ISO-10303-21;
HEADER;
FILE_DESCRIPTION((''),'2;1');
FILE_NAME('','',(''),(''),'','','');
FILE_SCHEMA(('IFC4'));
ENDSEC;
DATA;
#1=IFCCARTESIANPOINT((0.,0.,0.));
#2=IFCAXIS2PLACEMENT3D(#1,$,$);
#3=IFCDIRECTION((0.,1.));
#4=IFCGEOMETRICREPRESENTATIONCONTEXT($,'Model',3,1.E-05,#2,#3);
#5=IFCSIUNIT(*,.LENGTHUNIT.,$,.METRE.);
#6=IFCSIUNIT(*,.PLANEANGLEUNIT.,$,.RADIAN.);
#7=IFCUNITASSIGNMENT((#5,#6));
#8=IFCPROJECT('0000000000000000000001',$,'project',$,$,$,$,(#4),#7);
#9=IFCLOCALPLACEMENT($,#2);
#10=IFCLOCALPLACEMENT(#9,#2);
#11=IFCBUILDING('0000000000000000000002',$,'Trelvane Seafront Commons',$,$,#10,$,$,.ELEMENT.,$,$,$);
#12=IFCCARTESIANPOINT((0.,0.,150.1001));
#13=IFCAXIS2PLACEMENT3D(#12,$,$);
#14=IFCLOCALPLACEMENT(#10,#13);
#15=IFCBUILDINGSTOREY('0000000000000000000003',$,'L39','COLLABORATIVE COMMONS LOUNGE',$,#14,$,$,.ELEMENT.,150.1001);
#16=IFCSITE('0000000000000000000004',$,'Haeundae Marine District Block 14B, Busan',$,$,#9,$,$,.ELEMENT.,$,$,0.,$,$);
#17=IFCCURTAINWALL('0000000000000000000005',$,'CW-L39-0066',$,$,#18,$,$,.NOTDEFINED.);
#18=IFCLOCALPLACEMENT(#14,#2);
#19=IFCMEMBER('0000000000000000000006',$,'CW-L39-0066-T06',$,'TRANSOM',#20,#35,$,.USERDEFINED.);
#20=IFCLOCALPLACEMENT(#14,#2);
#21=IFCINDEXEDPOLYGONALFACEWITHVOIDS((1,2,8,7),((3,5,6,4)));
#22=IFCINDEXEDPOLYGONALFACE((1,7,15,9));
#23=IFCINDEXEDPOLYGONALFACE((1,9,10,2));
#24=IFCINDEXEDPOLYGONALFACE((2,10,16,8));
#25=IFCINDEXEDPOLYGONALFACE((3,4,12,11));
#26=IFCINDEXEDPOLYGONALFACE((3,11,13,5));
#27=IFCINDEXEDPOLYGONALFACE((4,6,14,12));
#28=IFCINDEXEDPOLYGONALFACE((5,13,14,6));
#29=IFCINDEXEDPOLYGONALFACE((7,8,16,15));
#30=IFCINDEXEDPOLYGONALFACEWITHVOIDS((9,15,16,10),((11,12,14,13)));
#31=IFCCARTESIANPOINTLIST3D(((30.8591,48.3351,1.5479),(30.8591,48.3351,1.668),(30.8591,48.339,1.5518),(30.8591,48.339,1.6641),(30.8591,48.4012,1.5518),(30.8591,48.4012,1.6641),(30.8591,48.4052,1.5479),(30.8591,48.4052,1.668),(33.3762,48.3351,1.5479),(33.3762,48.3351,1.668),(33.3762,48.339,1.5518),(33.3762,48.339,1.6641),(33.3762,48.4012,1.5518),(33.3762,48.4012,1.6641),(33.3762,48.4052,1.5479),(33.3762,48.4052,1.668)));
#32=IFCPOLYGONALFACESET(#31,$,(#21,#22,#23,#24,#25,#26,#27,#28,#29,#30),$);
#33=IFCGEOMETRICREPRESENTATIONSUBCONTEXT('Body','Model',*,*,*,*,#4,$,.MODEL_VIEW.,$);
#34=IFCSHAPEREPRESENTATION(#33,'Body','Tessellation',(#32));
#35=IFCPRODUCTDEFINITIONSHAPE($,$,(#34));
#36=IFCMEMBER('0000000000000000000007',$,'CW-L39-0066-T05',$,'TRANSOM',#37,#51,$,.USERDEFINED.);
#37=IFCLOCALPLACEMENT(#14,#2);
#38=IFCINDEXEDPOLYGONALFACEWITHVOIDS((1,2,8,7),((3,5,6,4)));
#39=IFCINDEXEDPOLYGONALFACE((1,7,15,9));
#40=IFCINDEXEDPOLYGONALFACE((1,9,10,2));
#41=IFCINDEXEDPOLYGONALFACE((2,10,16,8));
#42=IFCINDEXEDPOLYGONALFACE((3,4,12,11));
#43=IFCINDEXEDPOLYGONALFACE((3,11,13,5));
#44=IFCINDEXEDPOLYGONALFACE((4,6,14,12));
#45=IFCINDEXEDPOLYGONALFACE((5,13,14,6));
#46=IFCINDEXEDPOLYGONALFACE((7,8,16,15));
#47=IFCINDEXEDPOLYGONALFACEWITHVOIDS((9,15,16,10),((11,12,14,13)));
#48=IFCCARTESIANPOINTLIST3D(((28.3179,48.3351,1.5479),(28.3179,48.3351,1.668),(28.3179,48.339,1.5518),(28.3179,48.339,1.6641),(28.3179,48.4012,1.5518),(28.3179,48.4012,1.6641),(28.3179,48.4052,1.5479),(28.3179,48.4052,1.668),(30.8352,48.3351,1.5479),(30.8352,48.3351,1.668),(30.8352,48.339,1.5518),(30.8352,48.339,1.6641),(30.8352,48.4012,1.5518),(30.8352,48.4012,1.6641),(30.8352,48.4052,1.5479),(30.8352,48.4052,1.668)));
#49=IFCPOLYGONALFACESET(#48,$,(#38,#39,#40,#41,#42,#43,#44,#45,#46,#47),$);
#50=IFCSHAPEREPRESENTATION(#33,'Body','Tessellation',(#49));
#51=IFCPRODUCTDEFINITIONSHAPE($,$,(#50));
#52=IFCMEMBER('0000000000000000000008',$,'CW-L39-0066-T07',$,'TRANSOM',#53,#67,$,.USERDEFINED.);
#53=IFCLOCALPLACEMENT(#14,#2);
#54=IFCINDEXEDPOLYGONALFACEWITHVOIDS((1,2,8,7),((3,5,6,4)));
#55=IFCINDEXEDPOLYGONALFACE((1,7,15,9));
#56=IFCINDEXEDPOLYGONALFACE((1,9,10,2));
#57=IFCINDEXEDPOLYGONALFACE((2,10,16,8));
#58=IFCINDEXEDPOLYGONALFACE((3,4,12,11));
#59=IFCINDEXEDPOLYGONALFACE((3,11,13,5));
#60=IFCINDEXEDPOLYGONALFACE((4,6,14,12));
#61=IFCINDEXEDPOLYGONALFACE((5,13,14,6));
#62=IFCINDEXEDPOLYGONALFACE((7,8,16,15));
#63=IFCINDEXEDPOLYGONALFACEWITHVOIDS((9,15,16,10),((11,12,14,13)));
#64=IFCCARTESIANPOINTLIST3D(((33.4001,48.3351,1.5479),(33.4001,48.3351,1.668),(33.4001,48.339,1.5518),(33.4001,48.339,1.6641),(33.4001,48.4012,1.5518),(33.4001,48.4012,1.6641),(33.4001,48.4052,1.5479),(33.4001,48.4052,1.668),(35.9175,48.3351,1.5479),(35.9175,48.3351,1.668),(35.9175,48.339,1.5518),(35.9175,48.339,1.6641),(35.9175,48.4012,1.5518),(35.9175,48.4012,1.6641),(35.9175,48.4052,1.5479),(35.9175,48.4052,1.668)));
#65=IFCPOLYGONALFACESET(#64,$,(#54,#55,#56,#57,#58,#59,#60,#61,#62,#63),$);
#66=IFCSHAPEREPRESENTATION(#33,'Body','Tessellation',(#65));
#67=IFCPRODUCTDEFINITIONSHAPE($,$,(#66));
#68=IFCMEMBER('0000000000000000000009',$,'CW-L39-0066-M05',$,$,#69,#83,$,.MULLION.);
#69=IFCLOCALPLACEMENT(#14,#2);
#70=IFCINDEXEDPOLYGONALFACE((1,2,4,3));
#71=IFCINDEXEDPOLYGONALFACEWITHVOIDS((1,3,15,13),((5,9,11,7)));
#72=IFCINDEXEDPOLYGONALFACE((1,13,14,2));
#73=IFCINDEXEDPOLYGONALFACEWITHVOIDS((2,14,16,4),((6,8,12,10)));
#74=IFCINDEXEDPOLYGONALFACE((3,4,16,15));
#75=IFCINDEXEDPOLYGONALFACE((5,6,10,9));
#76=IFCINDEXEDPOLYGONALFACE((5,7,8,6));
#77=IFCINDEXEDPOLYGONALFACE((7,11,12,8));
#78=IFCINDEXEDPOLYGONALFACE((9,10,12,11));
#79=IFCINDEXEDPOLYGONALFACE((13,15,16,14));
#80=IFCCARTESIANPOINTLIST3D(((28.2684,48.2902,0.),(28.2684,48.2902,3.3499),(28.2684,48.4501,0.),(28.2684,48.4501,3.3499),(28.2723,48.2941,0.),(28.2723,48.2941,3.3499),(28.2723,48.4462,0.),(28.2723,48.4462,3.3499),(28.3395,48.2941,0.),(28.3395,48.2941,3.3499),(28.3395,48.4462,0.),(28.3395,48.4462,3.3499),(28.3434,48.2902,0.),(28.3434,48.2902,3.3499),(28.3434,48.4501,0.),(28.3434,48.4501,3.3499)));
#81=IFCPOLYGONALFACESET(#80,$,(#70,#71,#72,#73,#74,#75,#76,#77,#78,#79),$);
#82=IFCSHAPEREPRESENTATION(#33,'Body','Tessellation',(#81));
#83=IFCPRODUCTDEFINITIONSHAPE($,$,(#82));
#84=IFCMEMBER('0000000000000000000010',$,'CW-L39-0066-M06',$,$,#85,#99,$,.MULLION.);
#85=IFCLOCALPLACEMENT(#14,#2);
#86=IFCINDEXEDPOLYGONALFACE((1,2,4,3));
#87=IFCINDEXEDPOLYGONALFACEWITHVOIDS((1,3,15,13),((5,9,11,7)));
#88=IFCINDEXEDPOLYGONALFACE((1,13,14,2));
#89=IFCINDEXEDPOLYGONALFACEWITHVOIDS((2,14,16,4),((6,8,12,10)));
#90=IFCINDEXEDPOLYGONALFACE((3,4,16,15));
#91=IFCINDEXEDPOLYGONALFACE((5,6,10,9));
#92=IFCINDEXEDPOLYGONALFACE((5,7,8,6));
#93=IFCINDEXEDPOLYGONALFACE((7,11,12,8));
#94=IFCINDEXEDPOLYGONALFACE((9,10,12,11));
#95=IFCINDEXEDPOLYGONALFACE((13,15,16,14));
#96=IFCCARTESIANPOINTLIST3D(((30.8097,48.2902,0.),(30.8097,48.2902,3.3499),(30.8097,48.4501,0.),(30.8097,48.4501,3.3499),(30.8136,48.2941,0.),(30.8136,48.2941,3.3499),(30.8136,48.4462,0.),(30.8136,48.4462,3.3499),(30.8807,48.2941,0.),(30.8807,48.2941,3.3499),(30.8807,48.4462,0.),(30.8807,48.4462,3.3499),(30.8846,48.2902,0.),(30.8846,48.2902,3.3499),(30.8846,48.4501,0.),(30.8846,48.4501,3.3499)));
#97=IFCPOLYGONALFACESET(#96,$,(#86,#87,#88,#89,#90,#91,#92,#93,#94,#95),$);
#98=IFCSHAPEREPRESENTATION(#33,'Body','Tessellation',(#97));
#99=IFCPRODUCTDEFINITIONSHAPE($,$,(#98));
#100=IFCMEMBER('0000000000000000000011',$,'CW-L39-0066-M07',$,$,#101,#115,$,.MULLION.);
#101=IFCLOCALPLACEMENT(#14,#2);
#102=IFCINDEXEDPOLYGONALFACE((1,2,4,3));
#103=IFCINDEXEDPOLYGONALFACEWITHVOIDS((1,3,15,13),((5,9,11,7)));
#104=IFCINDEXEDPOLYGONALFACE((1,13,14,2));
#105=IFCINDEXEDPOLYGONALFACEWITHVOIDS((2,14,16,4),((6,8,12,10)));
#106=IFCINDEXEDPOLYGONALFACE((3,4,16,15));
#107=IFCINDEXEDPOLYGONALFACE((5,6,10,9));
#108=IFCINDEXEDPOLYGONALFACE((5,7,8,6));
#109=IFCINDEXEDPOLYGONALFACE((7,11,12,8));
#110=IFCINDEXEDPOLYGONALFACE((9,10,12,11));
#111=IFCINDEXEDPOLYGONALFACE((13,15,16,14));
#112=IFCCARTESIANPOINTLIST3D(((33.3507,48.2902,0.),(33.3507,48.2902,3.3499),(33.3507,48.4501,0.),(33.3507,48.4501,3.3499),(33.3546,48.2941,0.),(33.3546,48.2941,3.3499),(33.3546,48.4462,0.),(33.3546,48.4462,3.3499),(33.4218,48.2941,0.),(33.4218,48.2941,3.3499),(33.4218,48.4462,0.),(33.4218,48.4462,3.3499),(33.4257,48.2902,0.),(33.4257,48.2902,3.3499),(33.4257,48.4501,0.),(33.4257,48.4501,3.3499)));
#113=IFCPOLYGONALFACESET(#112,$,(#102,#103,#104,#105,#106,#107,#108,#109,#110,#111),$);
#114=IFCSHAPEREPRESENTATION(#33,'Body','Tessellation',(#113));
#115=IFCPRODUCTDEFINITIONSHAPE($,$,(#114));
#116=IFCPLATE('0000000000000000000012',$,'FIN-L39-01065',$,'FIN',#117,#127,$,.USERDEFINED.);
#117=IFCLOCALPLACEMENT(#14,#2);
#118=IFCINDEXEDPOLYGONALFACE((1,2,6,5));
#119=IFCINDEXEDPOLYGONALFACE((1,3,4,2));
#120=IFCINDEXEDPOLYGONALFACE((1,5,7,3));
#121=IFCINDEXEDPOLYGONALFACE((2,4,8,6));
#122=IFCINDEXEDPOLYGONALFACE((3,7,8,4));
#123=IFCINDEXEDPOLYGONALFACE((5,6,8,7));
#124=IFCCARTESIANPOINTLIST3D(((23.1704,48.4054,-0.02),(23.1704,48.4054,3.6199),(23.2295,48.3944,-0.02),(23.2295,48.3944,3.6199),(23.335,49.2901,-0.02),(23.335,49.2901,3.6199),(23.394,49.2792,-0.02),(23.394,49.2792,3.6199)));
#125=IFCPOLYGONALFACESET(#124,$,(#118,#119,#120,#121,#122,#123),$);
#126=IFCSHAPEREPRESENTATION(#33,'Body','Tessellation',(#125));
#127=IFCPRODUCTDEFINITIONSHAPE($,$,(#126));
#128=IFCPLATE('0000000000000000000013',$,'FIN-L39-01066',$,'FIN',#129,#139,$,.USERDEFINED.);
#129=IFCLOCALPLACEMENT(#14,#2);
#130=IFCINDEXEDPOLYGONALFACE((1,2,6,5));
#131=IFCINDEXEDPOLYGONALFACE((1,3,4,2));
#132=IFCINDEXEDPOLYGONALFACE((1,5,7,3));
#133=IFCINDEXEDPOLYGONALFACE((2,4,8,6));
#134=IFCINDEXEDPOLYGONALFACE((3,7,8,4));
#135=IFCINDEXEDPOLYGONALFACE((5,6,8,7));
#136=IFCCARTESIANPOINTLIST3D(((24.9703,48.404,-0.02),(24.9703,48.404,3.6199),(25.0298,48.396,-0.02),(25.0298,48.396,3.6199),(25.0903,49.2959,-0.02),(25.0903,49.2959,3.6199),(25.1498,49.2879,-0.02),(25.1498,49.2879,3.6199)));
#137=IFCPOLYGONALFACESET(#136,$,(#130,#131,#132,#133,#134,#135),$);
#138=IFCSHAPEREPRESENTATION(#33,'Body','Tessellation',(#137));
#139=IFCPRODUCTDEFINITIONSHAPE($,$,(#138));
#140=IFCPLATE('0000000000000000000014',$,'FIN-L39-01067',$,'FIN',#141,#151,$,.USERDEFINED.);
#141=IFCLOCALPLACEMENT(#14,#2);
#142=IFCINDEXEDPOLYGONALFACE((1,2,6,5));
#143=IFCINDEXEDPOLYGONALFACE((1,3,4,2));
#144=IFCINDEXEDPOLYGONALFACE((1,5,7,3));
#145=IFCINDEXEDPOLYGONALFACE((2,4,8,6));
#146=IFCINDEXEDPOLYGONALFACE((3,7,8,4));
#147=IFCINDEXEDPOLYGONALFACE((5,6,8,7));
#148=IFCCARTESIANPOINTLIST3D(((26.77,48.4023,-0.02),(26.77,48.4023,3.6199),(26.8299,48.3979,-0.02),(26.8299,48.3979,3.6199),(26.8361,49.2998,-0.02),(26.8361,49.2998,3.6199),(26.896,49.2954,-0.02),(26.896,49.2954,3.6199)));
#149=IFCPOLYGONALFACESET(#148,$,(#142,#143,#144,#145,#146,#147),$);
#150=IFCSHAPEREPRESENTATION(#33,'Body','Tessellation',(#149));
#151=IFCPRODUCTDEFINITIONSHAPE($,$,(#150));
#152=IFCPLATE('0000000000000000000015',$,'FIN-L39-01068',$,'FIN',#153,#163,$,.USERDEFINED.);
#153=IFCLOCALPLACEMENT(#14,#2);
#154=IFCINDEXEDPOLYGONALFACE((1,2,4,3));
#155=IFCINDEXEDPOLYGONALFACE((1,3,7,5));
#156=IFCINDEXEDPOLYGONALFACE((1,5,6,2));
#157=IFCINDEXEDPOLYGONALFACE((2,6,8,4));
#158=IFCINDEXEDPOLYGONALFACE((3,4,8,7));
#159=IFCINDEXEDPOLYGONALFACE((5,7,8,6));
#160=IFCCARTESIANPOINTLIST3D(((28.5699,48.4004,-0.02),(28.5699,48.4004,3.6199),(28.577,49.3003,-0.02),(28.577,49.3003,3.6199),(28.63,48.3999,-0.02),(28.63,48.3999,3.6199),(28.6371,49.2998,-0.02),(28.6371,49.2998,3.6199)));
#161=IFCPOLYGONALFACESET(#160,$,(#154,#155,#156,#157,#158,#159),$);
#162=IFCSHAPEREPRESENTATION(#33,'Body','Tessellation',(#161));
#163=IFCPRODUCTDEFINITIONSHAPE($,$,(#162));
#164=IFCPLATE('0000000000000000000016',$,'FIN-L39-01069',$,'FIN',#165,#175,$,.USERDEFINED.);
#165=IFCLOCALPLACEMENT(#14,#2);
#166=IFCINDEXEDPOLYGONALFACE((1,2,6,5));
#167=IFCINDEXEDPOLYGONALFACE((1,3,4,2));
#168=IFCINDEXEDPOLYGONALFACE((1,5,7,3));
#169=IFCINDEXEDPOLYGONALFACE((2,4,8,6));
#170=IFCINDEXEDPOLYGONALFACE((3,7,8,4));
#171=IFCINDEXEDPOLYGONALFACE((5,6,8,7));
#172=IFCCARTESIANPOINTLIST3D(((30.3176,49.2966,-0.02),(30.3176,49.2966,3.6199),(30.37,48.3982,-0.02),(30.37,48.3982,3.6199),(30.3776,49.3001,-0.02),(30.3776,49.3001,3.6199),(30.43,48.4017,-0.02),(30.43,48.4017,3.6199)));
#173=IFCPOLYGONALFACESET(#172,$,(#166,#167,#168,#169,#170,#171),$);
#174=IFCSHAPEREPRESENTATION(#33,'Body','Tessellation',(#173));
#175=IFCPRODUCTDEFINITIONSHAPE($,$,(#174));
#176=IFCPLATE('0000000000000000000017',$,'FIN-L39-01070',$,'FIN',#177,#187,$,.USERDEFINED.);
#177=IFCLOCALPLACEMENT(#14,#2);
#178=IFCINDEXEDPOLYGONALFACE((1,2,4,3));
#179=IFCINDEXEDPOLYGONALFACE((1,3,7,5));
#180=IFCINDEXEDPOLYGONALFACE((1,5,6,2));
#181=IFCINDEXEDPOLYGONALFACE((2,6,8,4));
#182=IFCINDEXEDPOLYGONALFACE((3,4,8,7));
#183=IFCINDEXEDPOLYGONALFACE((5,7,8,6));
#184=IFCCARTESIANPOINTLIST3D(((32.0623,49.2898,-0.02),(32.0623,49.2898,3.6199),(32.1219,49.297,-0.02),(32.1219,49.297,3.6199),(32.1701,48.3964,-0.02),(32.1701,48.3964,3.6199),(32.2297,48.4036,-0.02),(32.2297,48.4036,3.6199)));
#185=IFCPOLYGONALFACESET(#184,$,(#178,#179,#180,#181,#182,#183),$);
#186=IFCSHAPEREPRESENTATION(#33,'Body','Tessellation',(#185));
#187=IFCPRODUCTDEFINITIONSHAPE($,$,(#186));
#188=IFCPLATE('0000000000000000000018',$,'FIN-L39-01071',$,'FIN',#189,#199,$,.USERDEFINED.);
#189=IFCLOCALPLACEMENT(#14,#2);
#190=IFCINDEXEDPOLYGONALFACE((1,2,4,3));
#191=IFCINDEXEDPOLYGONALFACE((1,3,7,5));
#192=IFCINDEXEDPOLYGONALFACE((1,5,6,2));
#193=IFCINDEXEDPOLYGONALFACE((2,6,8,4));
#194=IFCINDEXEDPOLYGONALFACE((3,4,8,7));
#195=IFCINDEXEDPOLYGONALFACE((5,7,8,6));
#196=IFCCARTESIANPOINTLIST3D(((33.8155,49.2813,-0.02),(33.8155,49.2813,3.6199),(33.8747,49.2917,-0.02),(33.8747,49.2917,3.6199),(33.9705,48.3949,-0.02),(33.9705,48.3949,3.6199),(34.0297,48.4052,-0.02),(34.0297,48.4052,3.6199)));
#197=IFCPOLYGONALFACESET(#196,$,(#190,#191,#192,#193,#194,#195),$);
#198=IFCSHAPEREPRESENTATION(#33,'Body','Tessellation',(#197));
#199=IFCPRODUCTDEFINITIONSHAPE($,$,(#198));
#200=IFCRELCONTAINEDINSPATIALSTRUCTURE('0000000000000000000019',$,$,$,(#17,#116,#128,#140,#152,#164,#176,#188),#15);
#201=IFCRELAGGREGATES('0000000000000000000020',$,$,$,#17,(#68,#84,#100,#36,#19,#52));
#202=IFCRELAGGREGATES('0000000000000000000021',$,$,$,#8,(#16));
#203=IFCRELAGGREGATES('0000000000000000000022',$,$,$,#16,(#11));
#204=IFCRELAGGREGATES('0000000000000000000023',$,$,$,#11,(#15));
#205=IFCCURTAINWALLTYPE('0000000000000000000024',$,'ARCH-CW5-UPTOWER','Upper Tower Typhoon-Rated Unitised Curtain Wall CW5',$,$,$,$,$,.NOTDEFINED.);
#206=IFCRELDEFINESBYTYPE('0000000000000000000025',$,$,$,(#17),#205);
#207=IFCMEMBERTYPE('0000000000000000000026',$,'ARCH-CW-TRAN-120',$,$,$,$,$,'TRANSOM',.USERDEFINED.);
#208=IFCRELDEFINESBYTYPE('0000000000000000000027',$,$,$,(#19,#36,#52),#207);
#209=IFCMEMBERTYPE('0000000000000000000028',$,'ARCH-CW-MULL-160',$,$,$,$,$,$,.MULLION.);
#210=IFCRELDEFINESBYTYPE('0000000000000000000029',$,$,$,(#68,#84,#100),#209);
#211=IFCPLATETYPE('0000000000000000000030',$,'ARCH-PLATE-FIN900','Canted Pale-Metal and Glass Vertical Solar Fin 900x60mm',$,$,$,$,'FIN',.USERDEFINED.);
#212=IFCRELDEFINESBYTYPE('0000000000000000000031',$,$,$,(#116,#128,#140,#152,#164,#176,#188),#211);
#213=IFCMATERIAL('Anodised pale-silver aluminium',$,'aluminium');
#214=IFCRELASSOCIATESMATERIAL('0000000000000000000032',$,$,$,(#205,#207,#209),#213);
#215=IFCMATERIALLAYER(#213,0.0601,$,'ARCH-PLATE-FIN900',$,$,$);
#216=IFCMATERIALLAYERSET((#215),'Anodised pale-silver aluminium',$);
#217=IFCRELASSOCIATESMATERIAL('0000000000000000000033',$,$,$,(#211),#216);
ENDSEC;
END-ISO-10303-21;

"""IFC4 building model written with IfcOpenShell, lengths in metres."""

from ifc_helpers import new_model, si_unit, direction, frame, origin, origin_2d, place, context, subcontext, project, spatial, rectangle, hollow_rectangle, extrude, source, transform, mapped, material, layer, layer_set, material_profile, profile_set, type_object, element, aggregate, save


model = new_model("IFC4")

# Units and contexts
model_context = context("Model", 3, precision=1e-05, world=origin(), true_north=direction((0.0, 1.0)))
body_context = subcontext(model_context, "Body", "Model", "MODEL_VIEW")
ifc_project = project(units=[si_unit("LENGTHUNIT", "METRE"), si_unit("PLANEANGLEUNIT", "RADIAN")], contexts=[model_context])

# Site, building, storey
site_placement = place(None, origin())
site = spatial("IfcSite", under=ifc_project, at=site_placement, Name="Haeundae Marine District Block 14B, Busan", CompositionType="ELEMENT", RefElevation=0.0)
building_placement = place(site_placement, origin())
building = spatial("IfcBuilding", under=site, at=building_placement, Name="Trelvane Seafront Commons", CompositionType="ELEMENT")
storey_placement = place(building_placement, frame((0.0, 0.0, 150.1001)))
storey = spatial("IfcBuildingStorey", under=building, at=storey_placement, Name="L39", Description="COLLABORATIVE COMMONS LOUNGE", CompositionType="ELEMENT", Elevation=150.1001)

# Curtain wall, members
ifc_material_1 = material(Name="Anodised pale-silver aluminium", Category="aluminium")
curtain_wall_type = type_object("IfcCurtainWallType", Name="ARCH-CW5-UPTOWER", Description="Upper Tower Typhoon-Rated Unitised Curtain Wall CW5", PredefinedType="NOTDEFINED", material=ifc_material_1)
curtain_wall_placement = place(storey_placement, origin())
curtain_wall = element("IfcCurtainWall", 1, at=curtain_wall_placement, inside=storey, type_object=curtain_wall_type, Name="CW-L39-0066", PredefinedType="NOTDEFINED")
ifc_material_profile_1 = material_profile(ifc_material_1, hollow_rectangle(XDim=0.0701, YDim=0.1201, WallThickness=0.0039, at=origin_2d()), Name="TRAN-70x120x4")
ifc_profile_set_1 = profile_set([ifc_material_profile_1], Name="Anodised pale-silver aluminium")
member_type_1 = type_object("IfcMemberType", Name="ARCH-CW-TRAN-120", ElementType="TRANSOM", PredefinedType="USERDEFINED", material=ifc_profile_set_1)
shared_shape_1 = source(origin(), body_context, "Body", "SweptSolid", [
    extrude(hollow_rectangle(XDim=0.0701, YDim=0.1201, WallThickness=0.0039, at=origin_2d()), origin(), (0.0, 0.0, 1.0), 2.5171),
])
member_1_placement = place(storey_placement, frame((30.8591, 48.3701, 1.6079), z_axis=(1.0, 0.0, 0.0), x_axis=(0.0, 1.0, 0.0)))
member_1 = element("IfcMember", 2, at=member_1_placement, type_object=member_type_1, Name="CW-L39-0066-T06", ObjectType="TRANSOM", PredefinedType="USERDEFINED", context=body_context, shape_type="MappedRepresentation", body=[
    mapped(shared_shape_1, transform((0.0, 0.0, 0.0), x_axis=(1.0, 0.0, 0.0), y_axis=(0.0, 1.0, 0.0), z_axis=(0.0, 0.0, 1.0), scale=1.0)),
])
shared_shape_2 = source(origin(), body_context, "Body", "SweptSolid", [
    extrude(hollow_rectangle(XDim=0.0701, YDim=0.1201, WallThickness=0.0039, at=origin_2d()), origin(), (0.0, 0.0, 1.0), 2.5173),
])
member_2_placement = place(storey_placement, frame((28.3179, 48.3701, 1.6079), z_axis=(1.0, 0.0, 0.0), x_axis=(0.0, 1.0, 0.0)))
member_2 = element("IfcMember", 3, at=member_2_placement, type_object=member_type_1, Name="CW-L39-0066-T05", ObjectType="TRANSOM", PredefinedType="USERDEFINED", context=body_context, shape_type="MappedRepresentation", body=[
    mapped(shared_shape_2, transform((0.0, 0.0, 0.0), x_axis=(1.0, 0.0, 0.0), y_axis=(0.0, 1.0, 0.0), z_axis=(0.0, 0.0, 1.0), scale=1.0)),
])
member_3_placement = place(storey_placement, frame((33.4001, 48.3701, 1.6079), z_axis=(1.0, 0.0, 0.0), x_axis=(0.0, 1.0, 0.0)))
member_3 = element("IfcMember", 4, at=member_3_placement, type_object=member_type_1, Name="CW-L39-0066-T07", ObjectType="TRANSOM", PredefinedType="USERDEFINED", context=body_context, shape_type="MappedRepresentation", body=[
    mapped(shared_shape_2, transform((0.0, 0.0, 0.0), x_axis=(1.0, 0.0, 0.0), y_axis=(0.0, 1.0, 0.0), z_axis=(0.0, 0.0, 1.0), scale=1.0)),
])
ifc_material_profile_2 = material_profile(ifc_material_1, hollow_rectangle(XDim=0.075, YDim=0.1599, WallThickness=0.0039, at=origin_2d()), Name="MULL-75x160x4")
ifc_profile_set_2 = profile_set([ifc_material_profile_2], Name="Anodised pale-silver aluminium")
member_type_2 = type_object("IfcMemberType", Name="ARCH-CW-MULL-160", PredefinedType="MULLION", material=ifc_profile_set_2)
shared_shape_3 = source(origin(), body_context, "Body", "SweptSolid", [
    extrude(hollow_rectangle(XDim=0.075, YDim=0.1599, WallThickness=0.0039, at=origin_2d()), origin(), (0.0, 0.0, 1.0), 3.3499),
])
member_4_placement = place(storey_placement, frame((28.3059, 48.3701, 0.0), z_axis=(0.0, 0.0, 1.0), x_axis=(1.0, 0.0, 0.0)))
member_4 = element("IfcMember", 5, at=member_4_placement, type_object=member_type_2, Name="CW-L39-0066-M05", PredefinedType="MULLION", context=body_context, shape_type="MappedRepresentation", body=[
    mapped(shared_shape_3, transform((0.0, 0.0, 0.0), x_axis=(1.0, 0.0, 0.0), y_axis=(0.0, 1.0, 0.0), z_axis=(0.0, 0.0, 1.0), scale=1.0)),
])
member_5_placement = place(storey_placement, frame((30.8472, 48.3701, 0.0), z_axis=(0.0, 0.0, 1.0), x_axis=(1.0, 0.0, 0.0)))
member_5 = element("IfcMember", 6, at=member_5_placement, type_object=member_type_2, Name="CW-L39-0066-M06", PredefinedType="MULLION", context=body_context, shape_type="MappedRepresentation", body=[
    mapped(shared_shape_3, transform((0.0, 0.0, 0.0), x_axis=(1.0, 0.0, 0.0), y_axis=(0.0, 1.0, 0.0), z_axis=(0.0, 0.0, 1.0), scale=1.0)),
])
member_6_placement = place(storey_placement, frame((33.3882, 48.3701, 0.0), z_axis=(0.0, 0.0, 1.0), x_axis=(1.0, 0.0, 0.0)))
member_6 = element("IfcMember", 7, at=member_6_placement, type_object=member_type_2, Name="CW-L39-0066-M07", PredefinedType="MULLION", context=body_context, shape_type="MappedRepresentation", body=[
    mapped(shared_shape_3, transform((0.0, 0.0, 0.0), x_axis=(1.0, 0.0, 0.0), y_axis=(0.0, 1.0, 0.0), z_axis=(0.0, 0.0, 1.0), scale=1.0)),
])

# Plates
ifc_layer_1 = layer(ifc_material_1, 0.0601, Name="ARCH-PLATE-FIN900")
ifc_layer_set_1 = layer_set([ifc_layer_1], Name="Anodised pale-silver aluminium")
plate_type_1 = type_object("IfcPlateType", Name="ARCH-PLATE-FIN900", Description="Canted Pale-Metal and Glass Vertical Solar Fin 900x60mm", ElementType="FIN", PredefinedType="USERDEFINED", material=ifc_layer_set_1)
shared_shape_4 = source(origin(), body_context, "Body", "SweptSolid", [
    extrude(rectangle(XDim=0.8999, YDim=0.0601, at=origin_2d()), origin(), (0.0, 0.0, 1.0), 3.6399),
])
for number, where, z_axis, x_axis, name in (
    (8, (23.2822, 48.8423, -0.02), (0.0, 0.0, 1.0), (0.182893, 0.983133, 0.0), "FIN-L39-01065"),
    (9, (25.0601, 48.8459, -0.02), (0.0, 0.0, 1.0), (0.133329, 0.991072, 0.0), "FIN-L39-01066"),
    (10, (26.833, 48.8489, -0.02), (0.0, 0.0, 1.0), (0.073442, 0.9973, 0.0), "FIN-L39-01067"),
    (11, (28.6035, 48.8501, -0.02), (0.0, 0.0, 1.0), (0.007889, 0.999969, 0.0), "FIN-L39-01068"),
    (12, (30.3738, 48.8491, -0.02), (0.0, 0.0, 1.0), (-0.058221, 0.998304, 0.0), "FIN-L39-01069"),
    (13, (32.146, 48.8467, -0.02), (0.0, 0.0, 1.0), (-0.11978, 0.9928, 0.0), "FIN-L39-01070"),
    (14, (33.9226, 48.8433, -0.02), (0.0, 0.0, 1.0), (-0.172213, 0.98506, 0.0), "FIN-L39-01071"),
):
    element("IfcPlate", number, at=place(storey_placement, frame(where, z_axis=z_axis, x_axis=x_axis)), inside=storey, type_object=plate_type_1, Name=name, ObjectType="FIN", PredefinedType="USERDEFINED", context=body_context, shape_type="MappedRepresentation", body=[
        mapped(shared_shape_4, transform((0.0, 0.0, 0.0), x_axis=(1.0, 0.0, 0.0), y_axis=(0.0, 1.0, 0.0), z_axis=(0.0, 0.0, 1.0), scale=1.0)),
    ])

aggregate(curtain_wall, [member_4, member_5, member_6, member_2, member_1, member_3])

save(model, "model.ifc")
